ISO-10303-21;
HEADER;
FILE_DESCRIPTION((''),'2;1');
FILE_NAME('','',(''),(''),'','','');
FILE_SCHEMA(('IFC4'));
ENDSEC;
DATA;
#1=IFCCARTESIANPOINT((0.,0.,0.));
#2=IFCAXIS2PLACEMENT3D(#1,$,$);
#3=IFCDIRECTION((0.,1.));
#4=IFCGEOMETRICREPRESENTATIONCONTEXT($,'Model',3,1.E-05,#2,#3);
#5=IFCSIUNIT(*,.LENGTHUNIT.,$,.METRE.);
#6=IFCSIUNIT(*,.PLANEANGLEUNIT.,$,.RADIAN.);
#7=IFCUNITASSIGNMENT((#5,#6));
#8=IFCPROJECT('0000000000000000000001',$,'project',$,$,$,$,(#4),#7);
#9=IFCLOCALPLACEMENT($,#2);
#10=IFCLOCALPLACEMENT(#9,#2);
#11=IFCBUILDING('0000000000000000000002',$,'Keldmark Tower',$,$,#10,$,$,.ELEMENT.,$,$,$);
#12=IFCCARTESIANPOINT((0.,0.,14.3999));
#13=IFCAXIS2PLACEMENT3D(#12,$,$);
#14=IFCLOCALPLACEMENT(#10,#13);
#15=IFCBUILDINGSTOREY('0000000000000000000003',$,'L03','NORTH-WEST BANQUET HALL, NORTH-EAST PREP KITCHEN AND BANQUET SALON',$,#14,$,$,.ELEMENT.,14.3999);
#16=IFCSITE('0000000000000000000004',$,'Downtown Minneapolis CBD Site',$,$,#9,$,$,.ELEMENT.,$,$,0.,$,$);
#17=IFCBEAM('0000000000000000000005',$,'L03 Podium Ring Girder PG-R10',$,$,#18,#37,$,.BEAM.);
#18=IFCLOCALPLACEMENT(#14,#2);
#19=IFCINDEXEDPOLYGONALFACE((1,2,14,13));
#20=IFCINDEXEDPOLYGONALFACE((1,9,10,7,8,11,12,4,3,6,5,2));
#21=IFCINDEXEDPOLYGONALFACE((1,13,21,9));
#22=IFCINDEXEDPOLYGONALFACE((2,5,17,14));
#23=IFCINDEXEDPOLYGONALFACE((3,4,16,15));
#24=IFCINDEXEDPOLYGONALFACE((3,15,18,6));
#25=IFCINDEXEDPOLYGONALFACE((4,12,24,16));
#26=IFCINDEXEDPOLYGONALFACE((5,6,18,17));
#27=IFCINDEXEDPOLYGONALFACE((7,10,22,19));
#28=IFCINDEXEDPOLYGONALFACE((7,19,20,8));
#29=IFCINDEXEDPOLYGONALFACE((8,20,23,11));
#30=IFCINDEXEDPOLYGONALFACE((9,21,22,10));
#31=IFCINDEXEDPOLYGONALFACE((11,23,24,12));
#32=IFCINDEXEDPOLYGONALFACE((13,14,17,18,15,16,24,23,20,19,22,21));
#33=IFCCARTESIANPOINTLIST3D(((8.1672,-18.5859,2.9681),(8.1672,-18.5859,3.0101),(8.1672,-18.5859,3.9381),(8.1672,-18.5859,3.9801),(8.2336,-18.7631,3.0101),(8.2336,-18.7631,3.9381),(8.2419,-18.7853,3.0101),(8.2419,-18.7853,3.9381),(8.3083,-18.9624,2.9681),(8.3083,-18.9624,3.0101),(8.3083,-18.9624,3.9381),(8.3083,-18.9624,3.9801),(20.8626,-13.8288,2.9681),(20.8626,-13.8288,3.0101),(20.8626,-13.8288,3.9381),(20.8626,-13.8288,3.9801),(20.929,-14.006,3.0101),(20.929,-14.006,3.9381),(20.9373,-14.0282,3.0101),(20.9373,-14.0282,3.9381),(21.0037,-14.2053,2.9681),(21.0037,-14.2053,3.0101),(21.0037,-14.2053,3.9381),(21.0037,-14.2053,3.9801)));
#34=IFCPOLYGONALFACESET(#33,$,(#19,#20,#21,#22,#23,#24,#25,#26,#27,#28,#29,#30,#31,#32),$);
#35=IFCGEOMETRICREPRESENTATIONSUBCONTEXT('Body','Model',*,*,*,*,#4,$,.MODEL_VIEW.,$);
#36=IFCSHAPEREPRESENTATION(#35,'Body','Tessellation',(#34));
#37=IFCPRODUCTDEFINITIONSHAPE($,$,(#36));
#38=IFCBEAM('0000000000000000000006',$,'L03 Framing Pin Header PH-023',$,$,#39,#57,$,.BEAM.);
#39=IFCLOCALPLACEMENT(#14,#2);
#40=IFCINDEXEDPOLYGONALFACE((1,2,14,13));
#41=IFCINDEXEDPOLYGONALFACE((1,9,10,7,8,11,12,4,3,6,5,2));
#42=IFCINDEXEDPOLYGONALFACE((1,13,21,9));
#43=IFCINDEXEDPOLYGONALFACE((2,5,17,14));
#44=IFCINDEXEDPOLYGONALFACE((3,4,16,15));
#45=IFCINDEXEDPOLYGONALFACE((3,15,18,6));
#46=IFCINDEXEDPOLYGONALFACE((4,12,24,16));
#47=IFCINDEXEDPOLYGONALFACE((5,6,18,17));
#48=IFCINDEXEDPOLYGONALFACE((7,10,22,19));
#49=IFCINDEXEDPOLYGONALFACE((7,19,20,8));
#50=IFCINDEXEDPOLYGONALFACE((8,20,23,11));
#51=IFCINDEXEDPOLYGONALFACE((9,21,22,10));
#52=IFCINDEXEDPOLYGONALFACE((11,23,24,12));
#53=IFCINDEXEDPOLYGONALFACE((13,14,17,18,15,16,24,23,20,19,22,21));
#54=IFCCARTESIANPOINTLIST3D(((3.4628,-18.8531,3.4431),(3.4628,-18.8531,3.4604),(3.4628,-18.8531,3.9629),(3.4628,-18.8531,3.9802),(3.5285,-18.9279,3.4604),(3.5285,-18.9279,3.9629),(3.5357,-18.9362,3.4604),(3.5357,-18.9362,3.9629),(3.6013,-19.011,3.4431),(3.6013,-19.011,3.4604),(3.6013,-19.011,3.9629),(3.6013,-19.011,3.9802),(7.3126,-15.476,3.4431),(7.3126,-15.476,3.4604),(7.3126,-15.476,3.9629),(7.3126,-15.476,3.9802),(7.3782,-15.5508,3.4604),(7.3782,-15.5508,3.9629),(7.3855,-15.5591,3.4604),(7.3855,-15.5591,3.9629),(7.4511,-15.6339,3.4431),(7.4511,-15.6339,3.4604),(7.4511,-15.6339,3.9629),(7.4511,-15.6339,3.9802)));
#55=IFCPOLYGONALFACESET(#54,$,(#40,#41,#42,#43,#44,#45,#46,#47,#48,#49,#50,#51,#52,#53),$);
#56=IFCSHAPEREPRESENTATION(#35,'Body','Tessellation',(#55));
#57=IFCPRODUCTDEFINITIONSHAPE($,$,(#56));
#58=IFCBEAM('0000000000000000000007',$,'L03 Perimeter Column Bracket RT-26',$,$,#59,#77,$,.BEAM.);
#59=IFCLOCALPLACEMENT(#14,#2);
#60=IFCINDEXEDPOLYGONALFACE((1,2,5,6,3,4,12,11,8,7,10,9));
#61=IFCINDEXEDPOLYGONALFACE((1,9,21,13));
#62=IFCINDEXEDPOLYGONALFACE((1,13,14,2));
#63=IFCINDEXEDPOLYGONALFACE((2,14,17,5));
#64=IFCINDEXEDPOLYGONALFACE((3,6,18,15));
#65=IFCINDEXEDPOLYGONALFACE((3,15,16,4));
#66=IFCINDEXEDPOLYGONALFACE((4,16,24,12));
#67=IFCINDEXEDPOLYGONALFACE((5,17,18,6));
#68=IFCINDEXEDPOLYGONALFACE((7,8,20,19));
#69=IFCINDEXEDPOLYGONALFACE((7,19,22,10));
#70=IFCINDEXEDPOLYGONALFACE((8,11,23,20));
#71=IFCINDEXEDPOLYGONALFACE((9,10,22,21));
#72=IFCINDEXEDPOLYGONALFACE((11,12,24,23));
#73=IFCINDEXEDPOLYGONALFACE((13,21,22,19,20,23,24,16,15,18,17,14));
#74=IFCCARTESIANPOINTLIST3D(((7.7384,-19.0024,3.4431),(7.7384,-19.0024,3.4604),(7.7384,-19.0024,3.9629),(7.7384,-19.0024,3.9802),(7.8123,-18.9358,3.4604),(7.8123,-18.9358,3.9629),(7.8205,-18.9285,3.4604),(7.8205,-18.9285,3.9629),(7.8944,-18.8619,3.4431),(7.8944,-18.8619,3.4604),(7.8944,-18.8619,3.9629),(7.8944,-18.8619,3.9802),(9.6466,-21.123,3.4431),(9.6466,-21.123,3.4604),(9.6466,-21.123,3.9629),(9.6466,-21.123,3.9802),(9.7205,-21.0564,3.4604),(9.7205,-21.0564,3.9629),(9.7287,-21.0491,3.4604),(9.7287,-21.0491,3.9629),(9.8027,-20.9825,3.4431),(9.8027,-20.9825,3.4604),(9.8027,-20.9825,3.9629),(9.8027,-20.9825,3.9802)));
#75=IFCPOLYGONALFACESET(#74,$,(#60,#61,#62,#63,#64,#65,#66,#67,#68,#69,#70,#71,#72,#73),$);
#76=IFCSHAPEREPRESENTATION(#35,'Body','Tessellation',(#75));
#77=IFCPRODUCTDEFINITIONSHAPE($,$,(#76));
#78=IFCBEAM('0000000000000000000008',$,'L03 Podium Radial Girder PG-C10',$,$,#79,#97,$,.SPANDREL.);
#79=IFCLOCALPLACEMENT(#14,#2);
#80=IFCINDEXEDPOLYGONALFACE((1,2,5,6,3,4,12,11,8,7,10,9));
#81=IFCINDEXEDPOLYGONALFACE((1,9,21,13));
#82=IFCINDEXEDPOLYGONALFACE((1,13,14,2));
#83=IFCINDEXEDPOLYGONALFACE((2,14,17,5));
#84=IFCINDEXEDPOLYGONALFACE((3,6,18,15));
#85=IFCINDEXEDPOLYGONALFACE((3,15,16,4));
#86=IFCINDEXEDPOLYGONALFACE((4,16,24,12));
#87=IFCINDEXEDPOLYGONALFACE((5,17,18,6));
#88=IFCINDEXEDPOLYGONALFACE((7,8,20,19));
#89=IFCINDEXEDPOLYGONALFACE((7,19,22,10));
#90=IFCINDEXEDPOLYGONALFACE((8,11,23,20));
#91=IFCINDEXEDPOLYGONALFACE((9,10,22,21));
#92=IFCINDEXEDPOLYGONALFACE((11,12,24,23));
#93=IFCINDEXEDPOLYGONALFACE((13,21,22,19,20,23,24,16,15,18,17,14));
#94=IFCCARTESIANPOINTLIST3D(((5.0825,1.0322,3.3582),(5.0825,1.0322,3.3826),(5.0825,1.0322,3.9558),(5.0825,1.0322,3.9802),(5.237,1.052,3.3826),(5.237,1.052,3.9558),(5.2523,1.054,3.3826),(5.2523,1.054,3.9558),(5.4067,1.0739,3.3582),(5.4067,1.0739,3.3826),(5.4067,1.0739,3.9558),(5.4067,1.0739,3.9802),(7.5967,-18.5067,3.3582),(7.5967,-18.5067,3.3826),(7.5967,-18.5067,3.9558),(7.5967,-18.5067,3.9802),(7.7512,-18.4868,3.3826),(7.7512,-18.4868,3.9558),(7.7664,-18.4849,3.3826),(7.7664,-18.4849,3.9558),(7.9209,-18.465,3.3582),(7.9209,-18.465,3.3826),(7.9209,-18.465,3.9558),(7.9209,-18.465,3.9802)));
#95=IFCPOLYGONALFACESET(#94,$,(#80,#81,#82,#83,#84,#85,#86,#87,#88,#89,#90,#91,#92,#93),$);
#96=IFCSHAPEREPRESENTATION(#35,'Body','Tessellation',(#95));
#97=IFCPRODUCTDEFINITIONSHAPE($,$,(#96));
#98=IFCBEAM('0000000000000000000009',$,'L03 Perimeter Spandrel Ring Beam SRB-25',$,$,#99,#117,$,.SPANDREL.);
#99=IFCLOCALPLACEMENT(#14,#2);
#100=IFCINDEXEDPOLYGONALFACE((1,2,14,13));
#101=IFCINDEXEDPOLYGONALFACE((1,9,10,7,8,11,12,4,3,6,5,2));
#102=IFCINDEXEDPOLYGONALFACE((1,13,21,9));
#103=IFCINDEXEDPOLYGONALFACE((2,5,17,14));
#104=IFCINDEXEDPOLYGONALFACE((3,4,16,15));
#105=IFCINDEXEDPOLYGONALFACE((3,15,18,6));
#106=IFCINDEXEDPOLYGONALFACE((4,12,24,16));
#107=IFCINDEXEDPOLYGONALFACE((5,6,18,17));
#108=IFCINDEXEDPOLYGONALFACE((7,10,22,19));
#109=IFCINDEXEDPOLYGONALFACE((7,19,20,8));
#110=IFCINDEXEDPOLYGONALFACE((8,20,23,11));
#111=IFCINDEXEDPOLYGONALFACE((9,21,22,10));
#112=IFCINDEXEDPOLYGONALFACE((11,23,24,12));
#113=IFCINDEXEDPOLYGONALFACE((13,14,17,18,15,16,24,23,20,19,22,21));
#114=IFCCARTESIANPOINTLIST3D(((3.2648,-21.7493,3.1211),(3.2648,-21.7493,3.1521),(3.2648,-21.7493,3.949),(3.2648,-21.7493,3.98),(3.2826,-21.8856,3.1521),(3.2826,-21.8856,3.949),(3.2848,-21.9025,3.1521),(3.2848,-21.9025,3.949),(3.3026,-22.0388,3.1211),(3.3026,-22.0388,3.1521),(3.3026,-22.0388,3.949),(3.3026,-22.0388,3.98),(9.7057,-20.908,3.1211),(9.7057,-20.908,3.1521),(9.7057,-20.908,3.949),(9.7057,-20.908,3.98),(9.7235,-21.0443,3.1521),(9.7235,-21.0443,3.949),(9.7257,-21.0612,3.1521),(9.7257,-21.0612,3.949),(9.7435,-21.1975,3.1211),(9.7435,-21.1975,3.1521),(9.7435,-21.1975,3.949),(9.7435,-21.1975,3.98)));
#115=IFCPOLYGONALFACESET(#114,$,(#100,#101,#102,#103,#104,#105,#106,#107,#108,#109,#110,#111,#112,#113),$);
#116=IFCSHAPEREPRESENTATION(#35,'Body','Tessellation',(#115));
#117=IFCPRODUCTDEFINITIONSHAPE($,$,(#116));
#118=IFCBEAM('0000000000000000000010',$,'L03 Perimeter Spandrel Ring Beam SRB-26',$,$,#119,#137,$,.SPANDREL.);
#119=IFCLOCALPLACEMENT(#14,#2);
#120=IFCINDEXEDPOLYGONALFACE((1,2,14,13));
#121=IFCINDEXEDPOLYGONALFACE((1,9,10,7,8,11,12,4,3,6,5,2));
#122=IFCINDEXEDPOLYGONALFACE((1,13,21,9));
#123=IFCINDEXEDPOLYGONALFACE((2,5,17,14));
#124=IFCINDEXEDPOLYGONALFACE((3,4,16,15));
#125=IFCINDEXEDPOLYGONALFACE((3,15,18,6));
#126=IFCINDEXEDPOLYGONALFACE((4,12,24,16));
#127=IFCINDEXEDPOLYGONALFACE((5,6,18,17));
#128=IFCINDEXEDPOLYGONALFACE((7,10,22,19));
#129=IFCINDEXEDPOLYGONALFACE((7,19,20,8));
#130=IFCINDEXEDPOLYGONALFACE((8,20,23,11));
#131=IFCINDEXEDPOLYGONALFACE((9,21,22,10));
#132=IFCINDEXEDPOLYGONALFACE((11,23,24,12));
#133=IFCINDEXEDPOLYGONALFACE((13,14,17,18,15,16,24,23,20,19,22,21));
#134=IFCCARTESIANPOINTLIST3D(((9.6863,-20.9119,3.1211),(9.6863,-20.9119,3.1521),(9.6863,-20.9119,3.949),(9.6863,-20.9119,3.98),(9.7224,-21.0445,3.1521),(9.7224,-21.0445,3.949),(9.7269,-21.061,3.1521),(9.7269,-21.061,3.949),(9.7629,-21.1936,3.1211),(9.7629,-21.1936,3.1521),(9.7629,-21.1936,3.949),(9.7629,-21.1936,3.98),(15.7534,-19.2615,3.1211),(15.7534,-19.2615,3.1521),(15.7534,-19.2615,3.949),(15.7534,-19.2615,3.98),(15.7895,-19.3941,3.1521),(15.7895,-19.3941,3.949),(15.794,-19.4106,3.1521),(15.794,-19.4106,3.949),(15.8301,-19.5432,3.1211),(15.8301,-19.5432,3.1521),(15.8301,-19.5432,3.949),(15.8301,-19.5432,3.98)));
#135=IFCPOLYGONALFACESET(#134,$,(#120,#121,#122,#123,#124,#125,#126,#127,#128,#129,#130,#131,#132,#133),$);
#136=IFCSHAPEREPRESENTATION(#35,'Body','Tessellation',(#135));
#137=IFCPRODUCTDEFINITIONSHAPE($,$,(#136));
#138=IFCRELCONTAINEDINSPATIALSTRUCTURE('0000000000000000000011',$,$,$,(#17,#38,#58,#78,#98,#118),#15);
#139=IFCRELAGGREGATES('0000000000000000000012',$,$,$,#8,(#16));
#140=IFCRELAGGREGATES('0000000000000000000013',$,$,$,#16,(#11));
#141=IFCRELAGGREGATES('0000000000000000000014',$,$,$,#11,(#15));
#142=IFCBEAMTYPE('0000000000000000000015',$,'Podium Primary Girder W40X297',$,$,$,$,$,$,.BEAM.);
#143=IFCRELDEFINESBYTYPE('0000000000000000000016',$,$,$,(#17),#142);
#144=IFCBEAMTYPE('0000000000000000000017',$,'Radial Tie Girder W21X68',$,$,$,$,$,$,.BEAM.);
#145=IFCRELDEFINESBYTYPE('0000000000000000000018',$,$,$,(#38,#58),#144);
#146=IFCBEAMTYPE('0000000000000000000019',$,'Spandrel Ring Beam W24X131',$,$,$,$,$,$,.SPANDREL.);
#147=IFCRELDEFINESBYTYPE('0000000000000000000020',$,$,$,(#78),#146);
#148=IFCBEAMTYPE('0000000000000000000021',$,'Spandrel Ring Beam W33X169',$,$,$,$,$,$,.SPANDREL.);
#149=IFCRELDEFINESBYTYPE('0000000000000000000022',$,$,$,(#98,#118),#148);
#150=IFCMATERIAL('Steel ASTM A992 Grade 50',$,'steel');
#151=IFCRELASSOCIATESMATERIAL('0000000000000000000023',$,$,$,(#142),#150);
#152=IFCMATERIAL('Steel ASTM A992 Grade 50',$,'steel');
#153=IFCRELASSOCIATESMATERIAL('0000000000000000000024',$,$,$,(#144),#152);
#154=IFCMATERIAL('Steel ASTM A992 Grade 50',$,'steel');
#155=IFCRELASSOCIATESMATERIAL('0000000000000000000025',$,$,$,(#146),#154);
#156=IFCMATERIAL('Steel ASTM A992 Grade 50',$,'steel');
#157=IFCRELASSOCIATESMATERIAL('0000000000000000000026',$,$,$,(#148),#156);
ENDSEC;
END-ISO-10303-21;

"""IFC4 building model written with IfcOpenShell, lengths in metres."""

from ifc_helpers import new_model, si_unit, direction, frame, origin, origin_2d, place, context, subcontext, project, spatial, i_section, extrude, material, material_profile, profile_set, type_object, element, save


model = new_model("IFC4")

# Units and contexts
model_context = context("Model", 3, precision=1e-05, world=origin(), true_north=direction((0.0, 1.0)))
body_context = subcontext(model_context, "Body", "Model", "MODEL_VIEW")
ifc_project = project(units=[si_unit("LENGTHUNIT", "METRE"), si_unit("PLANEANGLEUNIT", "RADIAN")], contexts=[model_context])

# Site, building, storey
site_placement = place(None, origin())
site = spatial("IfcSite", under=ifc_project, at=site_placement, Name="Downtown Minneapolis CBD Site", CompositionType="ELEMENT", RefElevation=0.0)
building_placement = place(site_placement, origin())
building = spatial("IfcBuilding", under=site, at=building_placement, Name="Keldmark Tower", CompositionType="ELEMENT")
storey_placement = place(building_placement, frame((0.0, 0.0, 14.3999)))
storey = spatial("IfcBuildingStorey", under=building, at=storey_placement, Name="L03", Description="NORTH-WEST BANQUET HALL, NORTH-EAST PREP KITCHEN AND BANQUET SALON", CompositionType="ELEMENT", Elevation=14.3999)

# Beams
ifc_material_1 = material(Name="Steel ASTM A992 Grade 50", Category="steel")
ifc_material_profile_1 = material_profile(ifc_material_1, i_section(OverallWidth=0.4021, OverallDepth=1.012, WebThickness=0.0237, FlangeThickness=0.042, at=origin_2d()), Name="W40X297")
ifc_profile_set_1 = profile_set([ifc_material_profile_1], Name="Steel ASTM A992 Grade 50")
beam_type_1 = type_object("IfcBeamType", Name="Podium Primary Girder W40X297", PredefinedType="BEAM", material=ifc_profile_set_1)
beam_1_placement = place(storey_placement, frame((8.2378, -18.7742, 3.4741), z_axis=(0.936418, 0.350887, 0.0), x_axis=(-0.350887, 0.936418, 0.0)))
element("IfcBeam", 1, at=beam_1_placement, inside=storey, type_object=beam_type_1, Name="L03 Podium Ring Girder PG-R10", PredefinedType="BEAM", context=body_context, shape_type="SweptSolid", body=[
    extrude(i_section(OverallWidth=0.4021, OverallDepth=1.012, WebThickness=0.0237, FlangeThickness=0.042, at=origin_2d()), origin(), (0.0, 0.0, 1.0), 13.5574),
])
ifc_material_2 = material(Name="Steel ASTM A992 Grade 50", Category="steel")
ifc_material_profile_2 = material_profile(ifc_material_2, i_section(OverallWidth=0.21, OverallDepth=0.5371, WebThickness=0.011, FlangeThickness=0.0173, at=origin_2d()), Name="W21X68")
ifc_profile_set_2 = profile_set([ifc_material_profile_2], Name="Steel ASTM A992 Grade 50")
beam_type_2 = type_object("IfcBeamType", Name="Radial Tie Girder W21X68", PredefinedType="BEAM", material=ifc_profile_set_2)
beam_2_placement = place(storey_placement, frame((7.3818, -15.5549, 3.7117), z_axis=(-0.751746, -0.659452, 0.0), x_axis=(0.659452, -0.751746, 0.0)))
element("IfcBeam", 2, at=beam_2_placement, inside=storey, type_object=beam_type_2, Name="L03 Framing Pin Header PH-023", PredefinedType="BEAM", context=body_context, shape_type="SweptSolid", body=[
    extrude(i_section(OverallWidth=0.21, OverallDepth=0.5371, WebThickness=0.011, FlangeThickness=0.0173, at=origin_2d()), origin(), (0.0, 0.0, 1.0), 5.1211),
])
beam_3_placement = place(storey_placement, frame((7.8164, -18.9321, 3.7117), z_axis=(0.668899, -0.743354, 0.0), x_axis=(0.743354, 0.668899, 0.0)))
element("IfcBeam", 3, at=beam_3_placement, inside=storey, type_object=beam_type_2, Name="L03 Perimeter Column Bracket RT-26", PredefinedType="BEAM", context=body_context, shape_type="SweptSolid", body=[
    extrude(i_section(OverallWidth=0.21, OverallDepth=0.5371, WebThickness=0.011, FlangeThickness=0.0173, at=origin_2d()), origin(), (0.0, 0.0, 1.0), 2.8528),
])
ifc_material_3 = material(Name="Steel ASTM A992 Grade 50", Category="steel")
ifc_material_profile_3 = material_profile(ifc_material_3, i_section(OverallWidth=0.3269, OverallDepth=0.6221, WebThickness=0.0154, FlangeThickness=0.0244, at=origin_2d()), Name="W24X131")
ifc_profile_set_3 = profile_set([ifc_material_profile_3], Name="Steel ASTM A992 Grade 50")
beam_type_3 = type_object("IfcBeamType", Name="Spandrel Ring Beam W24X131", PredefinedType="SPANDREL", material=ifc_profile_set_3)
beam_4_placement = place(storey_placement, frame((7.7588, -18.4858, 3.6692), z_axis=(-0.127623, 0.991823, 0.0), x_axis=(-0.991823, -0.127623, 0.0)))
element("IfcBeam", 4, at=beam_4_placement, inside=storey, type_object=beam_type_3, Name="L03 Podium Radial Girder PG-C10", PredefinedType="SPANDREL", context=body_context, shape_type="SweptSolid", body=[
    extrude(i_section(OverallWidth=0.3269, OverallDepth=0.6221, WebThickness=0.0154, FlangeThickness=0.0244, at=origin_2d()), origin(), (0.0, 0.0, 1.0), 19.7),
])
ifc_material_4 = material(Name="Steel ASTM A992 Grade 50", Category="steel")
ifc_material_profile_4 = material_profile(ifc_material_4, i_section(OverallWidth=0.292, OverallDepth=0.8589, WebThickness=0.0171, FlangeThickness=0.031, at=origin_2d()), Name="W33X169")
ifc_profile_set_4 = profile_set([ifc_material_profile_4], Name="Steel ASTM A992 Grade 50")
beam_type_4 = type_object("IfcBeamType", Name="Spandrel Ring Beam W33X169", PredefinedType="SPANDREL", material=ifc_profile_set_4)
beam_5_placement = place(storey_placement, frame((3.2837, -21.894, 3.5505), z_axis=(0.991577, 0.129519, 0.0), x_axis=(-0.129519, 0.991577, 0.0)))
element("IfcBeam", 5, at=beam_5_placement, inside=storey, type_object=beam_type_4, Name="L03 Perimeter Spandrel Ring Beam SRB-25", PredefinedType="SPANDREL", context=body_context, shape_type="SweptSolid", body=[
    extrude(i_section(OverallWidth=0.292, OverallDepth=0.8589, WebThickness=0.0171, FlangeThickness=0.031, at=origin_2d()), origin(), (0.0, 0.0, 1.0), 6.4956),
])
beam_6_placement = place(storey_placement, frame((9.7246, -21.0527, 3.5505), z_axis=(0.964937, 0.262483, 0.0), x_axis=(-0.262483, 0.964937, 0.0)))
element("IfcBeam", 6, at=beam_6_placement, inside=storey, type_object=beam_type_4, Name="L03 Perimeter Spandrel Ring Beam SRB-26", PredefinedType="SPANDREL", context=body_context, shape_type="SweptSolid", body=[
    extrude(i_section(OverallWidth=0.292, OverallDepth=0.8589, WebThickness=0.0171, FlangeThickness=0.031, at=origin_2d()), origin(), (0.0, 0.0, 1.0), 6.2876),
])

save(model, "model.ifc")
